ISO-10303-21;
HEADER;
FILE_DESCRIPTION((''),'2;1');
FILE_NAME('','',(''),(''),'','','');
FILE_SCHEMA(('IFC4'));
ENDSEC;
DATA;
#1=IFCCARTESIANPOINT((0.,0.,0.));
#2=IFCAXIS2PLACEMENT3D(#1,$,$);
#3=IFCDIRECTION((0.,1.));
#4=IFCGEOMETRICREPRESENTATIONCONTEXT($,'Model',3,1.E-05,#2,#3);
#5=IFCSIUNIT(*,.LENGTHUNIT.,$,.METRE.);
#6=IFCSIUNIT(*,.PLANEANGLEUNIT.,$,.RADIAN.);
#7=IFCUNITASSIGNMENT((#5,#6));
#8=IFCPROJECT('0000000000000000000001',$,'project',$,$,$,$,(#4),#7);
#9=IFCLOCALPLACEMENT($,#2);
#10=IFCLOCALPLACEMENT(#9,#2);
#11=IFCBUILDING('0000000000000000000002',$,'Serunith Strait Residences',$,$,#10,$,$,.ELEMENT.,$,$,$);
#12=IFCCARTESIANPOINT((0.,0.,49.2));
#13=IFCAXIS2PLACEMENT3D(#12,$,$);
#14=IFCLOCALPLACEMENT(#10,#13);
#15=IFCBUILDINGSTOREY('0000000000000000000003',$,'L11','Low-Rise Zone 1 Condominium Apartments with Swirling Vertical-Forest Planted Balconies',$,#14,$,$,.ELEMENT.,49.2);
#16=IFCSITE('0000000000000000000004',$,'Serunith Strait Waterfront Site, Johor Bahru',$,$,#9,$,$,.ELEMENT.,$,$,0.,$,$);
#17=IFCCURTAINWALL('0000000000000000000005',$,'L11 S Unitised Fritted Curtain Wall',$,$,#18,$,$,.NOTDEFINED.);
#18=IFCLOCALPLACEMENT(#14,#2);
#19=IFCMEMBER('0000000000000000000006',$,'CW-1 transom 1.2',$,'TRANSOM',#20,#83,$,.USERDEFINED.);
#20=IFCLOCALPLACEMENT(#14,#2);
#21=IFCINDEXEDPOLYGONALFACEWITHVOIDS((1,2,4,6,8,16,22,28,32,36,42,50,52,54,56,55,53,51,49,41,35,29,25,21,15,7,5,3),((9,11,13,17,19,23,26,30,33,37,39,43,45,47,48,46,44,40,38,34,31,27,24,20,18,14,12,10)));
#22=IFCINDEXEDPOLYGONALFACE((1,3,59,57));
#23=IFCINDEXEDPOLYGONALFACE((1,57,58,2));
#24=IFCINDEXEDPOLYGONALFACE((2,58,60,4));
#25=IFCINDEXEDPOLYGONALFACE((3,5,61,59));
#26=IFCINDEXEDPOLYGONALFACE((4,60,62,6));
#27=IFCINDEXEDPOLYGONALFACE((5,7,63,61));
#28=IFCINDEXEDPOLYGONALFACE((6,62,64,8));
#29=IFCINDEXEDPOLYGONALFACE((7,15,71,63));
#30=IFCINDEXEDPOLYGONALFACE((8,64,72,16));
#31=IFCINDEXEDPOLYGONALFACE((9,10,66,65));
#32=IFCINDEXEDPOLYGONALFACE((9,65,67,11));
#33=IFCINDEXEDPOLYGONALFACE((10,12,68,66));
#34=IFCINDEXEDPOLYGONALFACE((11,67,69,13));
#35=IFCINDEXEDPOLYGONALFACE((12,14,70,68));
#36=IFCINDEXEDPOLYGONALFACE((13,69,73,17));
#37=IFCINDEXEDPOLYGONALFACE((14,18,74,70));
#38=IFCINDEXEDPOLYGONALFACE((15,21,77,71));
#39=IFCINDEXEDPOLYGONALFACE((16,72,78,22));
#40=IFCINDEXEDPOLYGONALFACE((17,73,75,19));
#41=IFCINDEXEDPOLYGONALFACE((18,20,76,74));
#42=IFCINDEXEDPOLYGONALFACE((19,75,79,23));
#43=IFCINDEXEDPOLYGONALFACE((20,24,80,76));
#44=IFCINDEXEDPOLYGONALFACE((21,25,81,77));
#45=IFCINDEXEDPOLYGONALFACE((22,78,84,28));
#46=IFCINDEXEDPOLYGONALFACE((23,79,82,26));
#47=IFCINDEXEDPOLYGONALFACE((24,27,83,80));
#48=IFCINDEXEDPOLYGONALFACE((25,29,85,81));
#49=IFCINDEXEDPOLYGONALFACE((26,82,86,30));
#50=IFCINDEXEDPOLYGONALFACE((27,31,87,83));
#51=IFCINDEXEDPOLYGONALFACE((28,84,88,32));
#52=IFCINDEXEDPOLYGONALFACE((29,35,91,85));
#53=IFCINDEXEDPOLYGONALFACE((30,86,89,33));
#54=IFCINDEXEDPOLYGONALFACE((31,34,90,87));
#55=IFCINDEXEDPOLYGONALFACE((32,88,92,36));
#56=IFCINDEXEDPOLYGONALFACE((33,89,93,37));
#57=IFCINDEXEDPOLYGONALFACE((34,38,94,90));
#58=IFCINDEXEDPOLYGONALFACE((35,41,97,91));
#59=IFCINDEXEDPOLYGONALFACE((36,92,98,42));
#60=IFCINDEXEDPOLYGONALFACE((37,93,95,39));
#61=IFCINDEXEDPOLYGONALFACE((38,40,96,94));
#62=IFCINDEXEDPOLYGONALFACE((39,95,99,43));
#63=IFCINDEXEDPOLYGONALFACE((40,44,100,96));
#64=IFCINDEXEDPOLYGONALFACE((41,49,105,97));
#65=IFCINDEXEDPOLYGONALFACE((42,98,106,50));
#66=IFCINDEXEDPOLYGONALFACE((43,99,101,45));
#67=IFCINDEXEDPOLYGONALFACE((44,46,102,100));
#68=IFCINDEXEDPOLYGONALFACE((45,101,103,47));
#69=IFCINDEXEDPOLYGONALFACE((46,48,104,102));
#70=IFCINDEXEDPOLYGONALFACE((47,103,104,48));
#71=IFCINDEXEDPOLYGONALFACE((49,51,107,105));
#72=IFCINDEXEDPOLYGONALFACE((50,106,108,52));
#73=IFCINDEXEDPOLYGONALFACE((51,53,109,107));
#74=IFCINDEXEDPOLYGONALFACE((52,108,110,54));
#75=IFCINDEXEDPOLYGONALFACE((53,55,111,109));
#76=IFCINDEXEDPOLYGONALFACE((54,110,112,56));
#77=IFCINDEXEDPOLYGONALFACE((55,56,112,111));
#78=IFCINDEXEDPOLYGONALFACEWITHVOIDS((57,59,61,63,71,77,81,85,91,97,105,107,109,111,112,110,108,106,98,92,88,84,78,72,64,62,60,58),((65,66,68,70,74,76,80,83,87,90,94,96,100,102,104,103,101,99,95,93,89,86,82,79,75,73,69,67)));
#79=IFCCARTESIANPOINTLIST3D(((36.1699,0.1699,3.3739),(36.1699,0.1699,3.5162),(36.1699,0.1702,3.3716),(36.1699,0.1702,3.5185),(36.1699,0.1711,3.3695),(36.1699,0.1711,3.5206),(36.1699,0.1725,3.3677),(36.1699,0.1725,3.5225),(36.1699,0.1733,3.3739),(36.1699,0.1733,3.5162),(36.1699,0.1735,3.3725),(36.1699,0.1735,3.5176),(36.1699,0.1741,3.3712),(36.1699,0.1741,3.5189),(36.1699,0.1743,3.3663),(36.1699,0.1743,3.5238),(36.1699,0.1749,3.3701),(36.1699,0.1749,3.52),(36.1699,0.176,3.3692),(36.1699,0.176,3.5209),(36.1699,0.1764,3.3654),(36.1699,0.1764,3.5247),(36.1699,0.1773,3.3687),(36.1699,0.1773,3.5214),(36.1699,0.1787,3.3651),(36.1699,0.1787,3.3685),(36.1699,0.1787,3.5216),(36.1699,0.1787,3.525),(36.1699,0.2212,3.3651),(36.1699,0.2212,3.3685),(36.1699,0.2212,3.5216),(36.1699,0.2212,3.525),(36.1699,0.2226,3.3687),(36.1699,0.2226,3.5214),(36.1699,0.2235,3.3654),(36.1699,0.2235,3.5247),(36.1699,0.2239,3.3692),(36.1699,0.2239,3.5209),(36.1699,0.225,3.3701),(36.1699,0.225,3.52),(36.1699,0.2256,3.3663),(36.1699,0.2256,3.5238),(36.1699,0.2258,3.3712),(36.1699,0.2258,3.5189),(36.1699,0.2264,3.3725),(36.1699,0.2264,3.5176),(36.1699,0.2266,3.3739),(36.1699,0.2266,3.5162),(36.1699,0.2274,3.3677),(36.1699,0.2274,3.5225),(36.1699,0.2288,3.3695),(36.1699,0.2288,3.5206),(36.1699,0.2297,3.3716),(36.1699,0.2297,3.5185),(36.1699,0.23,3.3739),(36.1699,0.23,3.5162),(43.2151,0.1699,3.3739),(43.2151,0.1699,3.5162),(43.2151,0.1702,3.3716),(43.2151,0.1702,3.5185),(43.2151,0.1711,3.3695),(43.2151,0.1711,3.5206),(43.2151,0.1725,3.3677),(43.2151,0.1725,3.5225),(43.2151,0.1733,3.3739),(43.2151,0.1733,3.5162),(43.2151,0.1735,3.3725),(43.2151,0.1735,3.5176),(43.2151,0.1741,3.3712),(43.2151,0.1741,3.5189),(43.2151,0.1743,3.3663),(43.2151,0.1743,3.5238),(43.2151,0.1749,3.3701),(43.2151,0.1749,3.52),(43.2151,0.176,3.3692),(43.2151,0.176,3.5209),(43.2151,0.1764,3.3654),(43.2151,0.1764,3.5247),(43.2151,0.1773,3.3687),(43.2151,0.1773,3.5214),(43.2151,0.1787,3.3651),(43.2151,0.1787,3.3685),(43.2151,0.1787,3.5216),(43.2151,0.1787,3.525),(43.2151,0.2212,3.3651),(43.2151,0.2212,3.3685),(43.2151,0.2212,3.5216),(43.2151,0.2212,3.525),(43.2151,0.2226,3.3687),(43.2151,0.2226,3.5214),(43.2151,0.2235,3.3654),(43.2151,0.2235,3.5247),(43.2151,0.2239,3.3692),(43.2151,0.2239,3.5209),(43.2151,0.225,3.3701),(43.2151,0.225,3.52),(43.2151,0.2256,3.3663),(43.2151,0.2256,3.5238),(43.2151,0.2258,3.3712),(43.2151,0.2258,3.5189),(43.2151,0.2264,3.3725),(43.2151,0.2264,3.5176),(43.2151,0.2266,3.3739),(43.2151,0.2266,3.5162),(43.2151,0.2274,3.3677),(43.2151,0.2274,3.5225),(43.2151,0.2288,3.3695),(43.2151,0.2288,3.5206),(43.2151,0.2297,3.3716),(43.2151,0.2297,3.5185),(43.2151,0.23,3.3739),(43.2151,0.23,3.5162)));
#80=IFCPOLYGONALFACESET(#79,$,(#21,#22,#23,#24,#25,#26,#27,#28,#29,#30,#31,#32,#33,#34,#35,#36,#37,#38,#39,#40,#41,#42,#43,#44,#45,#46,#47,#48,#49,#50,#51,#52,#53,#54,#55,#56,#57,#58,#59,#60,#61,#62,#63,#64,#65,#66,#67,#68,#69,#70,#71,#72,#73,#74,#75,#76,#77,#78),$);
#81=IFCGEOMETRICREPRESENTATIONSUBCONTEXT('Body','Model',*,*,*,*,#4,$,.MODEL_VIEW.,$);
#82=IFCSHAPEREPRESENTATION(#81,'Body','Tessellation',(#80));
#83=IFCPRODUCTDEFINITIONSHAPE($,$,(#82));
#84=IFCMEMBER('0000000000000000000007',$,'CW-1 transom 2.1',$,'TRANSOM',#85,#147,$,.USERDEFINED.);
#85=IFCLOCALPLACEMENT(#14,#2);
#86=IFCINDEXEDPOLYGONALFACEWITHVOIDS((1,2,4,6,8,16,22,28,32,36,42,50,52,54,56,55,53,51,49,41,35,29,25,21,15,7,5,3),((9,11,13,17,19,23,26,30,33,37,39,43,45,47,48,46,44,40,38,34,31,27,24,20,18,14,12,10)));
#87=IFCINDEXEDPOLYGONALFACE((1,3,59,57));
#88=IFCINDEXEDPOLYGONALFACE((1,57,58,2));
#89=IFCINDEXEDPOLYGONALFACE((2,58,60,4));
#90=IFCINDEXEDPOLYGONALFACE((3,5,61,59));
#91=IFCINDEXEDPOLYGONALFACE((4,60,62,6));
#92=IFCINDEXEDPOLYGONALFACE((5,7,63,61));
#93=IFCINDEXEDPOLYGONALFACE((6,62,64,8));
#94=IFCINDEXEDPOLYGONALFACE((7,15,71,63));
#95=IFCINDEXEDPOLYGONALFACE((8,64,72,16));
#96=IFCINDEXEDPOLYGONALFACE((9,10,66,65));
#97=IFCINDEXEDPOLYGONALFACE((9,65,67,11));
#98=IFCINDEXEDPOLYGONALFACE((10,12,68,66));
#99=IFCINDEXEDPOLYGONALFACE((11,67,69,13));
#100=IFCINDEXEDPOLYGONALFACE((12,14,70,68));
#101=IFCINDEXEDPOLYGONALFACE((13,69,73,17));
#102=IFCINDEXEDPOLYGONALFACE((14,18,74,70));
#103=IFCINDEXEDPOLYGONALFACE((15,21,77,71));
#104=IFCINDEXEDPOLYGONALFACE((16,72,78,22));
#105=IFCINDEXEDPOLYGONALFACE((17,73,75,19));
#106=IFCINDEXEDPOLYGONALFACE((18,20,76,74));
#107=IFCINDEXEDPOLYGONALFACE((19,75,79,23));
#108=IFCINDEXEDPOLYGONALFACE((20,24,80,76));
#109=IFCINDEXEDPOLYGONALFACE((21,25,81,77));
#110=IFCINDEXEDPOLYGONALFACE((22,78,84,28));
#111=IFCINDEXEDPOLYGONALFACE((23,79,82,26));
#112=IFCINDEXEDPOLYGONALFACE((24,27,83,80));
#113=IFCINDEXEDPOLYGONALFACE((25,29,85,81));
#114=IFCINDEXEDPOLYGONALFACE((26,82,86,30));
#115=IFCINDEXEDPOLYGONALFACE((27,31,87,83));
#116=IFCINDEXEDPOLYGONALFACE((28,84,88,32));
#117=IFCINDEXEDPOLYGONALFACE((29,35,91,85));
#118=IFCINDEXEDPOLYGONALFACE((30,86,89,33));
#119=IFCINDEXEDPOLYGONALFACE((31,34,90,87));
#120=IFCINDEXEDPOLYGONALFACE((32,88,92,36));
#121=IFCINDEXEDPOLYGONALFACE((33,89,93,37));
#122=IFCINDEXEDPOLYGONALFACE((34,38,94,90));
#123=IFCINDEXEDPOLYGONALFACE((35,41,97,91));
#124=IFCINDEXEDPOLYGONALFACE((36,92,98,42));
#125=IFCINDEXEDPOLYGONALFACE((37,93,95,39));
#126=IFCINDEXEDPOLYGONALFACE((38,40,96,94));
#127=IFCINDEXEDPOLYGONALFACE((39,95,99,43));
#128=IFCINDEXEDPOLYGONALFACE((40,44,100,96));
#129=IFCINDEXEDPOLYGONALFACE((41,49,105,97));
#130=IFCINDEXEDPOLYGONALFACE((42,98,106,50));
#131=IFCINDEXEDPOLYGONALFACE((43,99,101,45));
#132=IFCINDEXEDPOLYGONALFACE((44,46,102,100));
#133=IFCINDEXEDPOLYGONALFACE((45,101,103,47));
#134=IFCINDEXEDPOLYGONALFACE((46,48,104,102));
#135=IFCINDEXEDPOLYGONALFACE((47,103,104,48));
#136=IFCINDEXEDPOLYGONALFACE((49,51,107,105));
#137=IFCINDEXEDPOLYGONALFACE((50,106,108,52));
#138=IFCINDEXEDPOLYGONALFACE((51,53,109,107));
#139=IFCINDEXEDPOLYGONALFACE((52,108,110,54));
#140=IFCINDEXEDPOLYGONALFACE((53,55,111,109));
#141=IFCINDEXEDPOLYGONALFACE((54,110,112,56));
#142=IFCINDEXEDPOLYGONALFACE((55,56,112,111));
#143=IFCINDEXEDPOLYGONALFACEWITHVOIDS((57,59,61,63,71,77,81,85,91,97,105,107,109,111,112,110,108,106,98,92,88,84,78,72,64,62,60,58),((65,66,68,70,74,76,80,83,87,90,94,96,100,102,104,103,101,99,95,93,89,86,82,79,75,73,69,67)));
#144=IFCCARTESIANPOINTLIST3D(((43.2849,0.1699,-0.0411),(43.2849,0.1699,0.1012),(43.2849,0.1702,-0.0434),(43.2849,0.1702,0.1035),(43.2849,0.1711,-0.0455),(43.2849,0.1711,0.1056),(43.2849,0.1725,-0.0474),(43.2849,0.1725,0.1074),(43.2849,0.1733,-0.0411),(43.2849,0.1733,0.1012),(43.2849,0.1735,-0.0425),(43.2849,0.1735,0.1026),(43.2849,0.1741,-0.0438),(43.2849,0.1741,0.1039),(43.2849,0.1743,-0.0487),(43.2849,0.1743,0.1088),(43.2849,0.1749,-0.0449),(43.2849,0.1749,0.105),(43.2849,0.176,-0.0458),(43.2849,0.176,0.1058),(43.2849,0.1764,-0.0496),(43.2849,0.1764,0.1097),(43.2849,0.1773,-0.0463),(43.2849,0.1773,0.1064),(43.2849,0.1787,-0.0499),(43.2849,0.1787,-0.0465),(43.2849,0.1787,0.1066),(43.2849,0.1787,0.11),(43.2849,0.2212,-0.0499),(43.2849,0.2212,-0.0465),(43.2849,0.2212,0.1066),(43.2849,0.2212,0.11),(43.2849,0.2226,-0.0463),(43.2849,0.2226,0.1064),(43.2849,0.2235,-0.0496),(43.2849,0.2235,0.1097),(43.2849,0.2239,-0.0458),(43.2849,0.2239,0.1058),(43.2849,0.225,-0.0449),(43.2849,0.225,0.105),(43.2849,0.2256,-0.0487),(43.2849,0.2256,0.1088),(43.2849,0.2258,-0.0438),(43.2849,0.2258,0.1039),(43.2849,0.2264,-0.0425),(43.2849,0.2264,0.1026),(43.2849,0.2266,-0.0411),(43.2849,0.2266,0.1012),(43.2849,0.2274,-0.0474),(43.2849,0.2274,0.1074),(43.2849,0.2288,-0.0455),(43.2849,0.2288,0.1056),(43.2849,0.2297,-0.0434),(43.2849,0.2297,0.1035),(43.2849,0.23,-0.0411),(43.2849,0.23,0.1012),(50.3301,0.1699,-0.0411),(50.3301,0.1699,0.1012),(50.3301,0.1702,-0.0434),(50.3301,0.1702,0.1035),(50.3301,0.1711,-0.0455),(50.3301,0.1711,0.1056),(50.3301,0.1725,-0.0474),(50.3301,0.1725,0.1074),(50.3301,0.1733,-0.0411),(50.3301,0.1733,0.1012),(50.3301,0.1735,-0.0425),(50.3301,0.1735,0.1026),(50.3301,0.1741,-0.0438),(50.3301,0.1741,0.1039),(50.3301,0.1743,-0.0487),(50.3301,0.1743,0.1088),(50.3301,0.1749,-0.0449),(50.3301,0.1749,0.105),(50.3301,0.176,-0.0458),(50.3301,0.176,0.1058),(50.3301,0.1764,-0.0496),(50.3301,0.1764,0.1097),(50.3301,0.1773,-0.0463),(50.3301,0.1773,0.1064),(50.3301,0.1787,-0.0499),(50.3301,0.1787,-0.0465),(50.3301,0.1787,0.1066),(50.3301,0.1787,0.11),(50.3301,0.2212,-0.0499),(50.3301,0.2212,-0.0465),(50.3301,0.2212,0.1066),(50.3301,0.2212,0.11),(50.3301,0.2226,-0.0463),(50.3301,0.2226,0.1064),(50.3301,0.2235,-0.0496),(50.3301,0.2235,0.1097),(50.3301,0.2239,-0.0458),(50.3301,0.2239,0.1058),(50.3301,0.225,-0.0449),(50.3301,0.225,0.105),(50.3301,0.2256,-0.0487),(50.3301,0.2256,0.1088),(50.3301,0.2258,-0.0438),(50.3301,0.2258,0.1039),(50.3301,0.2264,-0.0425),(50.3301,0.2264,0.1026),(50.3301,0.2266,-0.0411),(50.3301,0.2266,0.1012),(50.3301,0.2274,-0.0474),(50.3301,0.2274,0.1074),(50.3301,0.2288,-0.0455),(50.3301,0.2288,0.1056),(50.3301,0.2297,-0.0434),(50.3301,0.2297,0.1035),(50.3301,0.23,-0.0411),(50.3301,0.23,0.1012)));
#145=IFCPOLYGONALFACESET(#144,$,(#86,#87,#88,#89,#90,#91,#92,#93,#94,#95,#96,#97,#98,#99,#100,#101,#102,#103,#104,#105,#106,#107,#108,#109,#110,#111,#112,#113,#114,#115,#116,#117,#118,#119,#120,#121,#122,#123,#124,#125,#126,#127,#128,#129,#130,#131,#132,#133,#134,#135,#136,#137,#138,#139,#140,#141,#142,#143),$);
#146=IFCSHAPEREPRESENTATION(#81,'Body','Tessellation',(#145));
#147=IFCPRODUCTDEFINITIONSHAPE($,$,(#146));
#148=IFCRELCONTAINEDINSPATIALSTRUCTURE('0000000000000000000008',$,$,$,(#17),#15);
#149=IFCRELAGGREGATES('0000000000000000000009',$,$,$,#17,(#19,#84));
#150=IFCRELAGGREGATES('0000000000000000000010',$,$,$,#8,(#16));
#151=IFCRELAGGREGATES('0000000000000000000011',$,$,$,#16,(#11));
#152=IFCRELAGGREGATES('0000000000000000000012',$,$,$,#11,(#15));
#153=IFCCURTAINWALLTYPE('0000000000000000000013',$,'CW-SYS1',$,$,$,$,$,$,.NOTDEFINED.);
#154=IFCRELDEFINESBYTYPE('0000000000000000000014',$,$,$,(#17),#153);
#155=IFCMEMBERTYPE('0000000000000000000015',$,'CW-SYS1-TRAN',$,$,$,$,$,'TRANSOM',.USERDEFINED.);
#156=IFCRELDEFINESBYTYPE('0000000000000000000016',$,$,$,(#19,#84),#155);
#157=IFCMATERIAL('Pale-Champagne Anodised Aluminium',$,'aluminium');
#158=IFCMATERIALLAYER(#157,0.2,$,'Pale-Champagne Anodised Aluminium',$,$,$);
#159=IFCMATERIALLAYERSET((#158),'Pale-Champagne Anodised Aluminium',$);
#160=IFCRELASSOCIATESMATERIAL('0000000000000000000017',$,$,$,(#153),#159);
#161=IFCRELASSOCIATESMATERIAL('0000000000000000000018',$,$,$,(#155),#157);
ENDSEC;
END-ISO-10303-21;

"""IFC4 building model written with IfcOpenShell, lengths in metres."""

from ifc_helpers import new_model, si_unit, direction, frame, origin, origin_2d, place, context, subcontext, project, spatial, hollow_rectangle, extrude, source, transform, mapped, material, layer, layer_set, material_profile, profile_set, type_object, element, aggregate, save


model = new_model("IFC4")

# Units and contexts
model_context = context("Model", 3, precision=1e-05, world=origin(), true_north=direction((0.0, 1.0)))
body_context = subcontext(model_context, "Body", "Model", "MODEL_VIEW")
ifc_project = project(units=[si_unit("LENGTHUNIT", "METRE"), si_unit("PLANEANGLEUNIT", "RADIAN")], contexts=[model_context])

# Site, building, storey
site_placement = place(None, origin())
site = spatial("IfcSite", under=ifc_project, at=site_placement, Name="Serunith Strait Waterfront Site, Johor Bahru", CompositionType="ELEMENT", RefElevation=0.0)
building_placement = place(site_placement, origin())
building = spatial("IfcBuilding", under=site, at=building_placement, Name="Serunith Strait Residences", CompositionType="ELEMENT")
storey_placement = place(building_placement, frame((0.0, 0.0, 49.2)))
storey = spatial("IfcBuildingStorey", under=building, at=storey_placement, Name="L11", Description="Low-Rise Zone 1 Condominium Apartments with Swirling Vertical-Forest Planted Balconies", CompositionType="ELEMENT", Elevation=49.2)

# Shared definitions
ifc_material_1 = material(Name="Pale-Champagne Anodised Aluminium", Category="aluminium")
ifc_layer_1 = layer(ifc_material_1, 0.2, Name="Pale-Champagne Anodised Aluminium")
ifc_layer_set_1 = layer_set([ifc_layer_1], Name="Pale-Champagne Anodised Aluminium")
curtain_wall_type = type_object("IfcCurtainWallType", Name="CW-SYS1", PredefinedType="NOTDEFINED", material=ifc_layer_set_1)

# Curtain wall, members
curtain_wall_1_placement = place(storey_placement, origin())
curtain_wall_1 = element("IfcCurtainWall", 1, at=curtain_wall_1_placement, inside=storey, type_object=curtain_wall_type, Name="L11 S Unitised Fritted Curtain Wall", PredefinedType="NOTDEFINED")
ifc_material_profile_1 = material_profile(ifc_material_1, hollow_rectangle(XDim=0.0601, YDim=0.1599, WallThickness=0.0034, InnerFilletRadius=0.0054, OuterFilletRadius=0.0088, at=origin_2d()), Name="ALU 160x60x3.5")
ifc_profile_set_1 = profile_set([ifc_material_profile_1], Name="Pale-Champagne Anodised Aluminium")
member_type_1 = type_object("IfcMemberType", Name="CW-SYS1-TRAN", ElementType="TRANSOM", PredefinedType="USERDEFINED", material=ifc_profile_set_1)
shared_shape_1 = source(origin(), body_context, "Body", "SweptSolid", [
    extrude(hollow_rectangle(XDim=0.0601, YDim=0.1599, WallThickness=0.0034, InnerFilletRadius=0.0054, OuterFilletRadius=0.0088, at=origin_2d()), origin(), (0.0, 0.0, 1.0), 7.0452),
])
member_1_placement = place(storey_placement, frame((36.1699, 0.2, 3.4451), z_axis=(1.0, 0.0, 0.0), x_axis=(0.0, 1.0, 0.0)))
member_1 = element("IfcMember", 2, at=member_1_placement, type_object=member_type_1, Name="CW-1 transom 1.2", ObjectType="TRANSOM", PredefinedType="USERDEFINED", context=body_context, shape_type="MappedRepresentation", body=[
    mapped(shared_shape_1, transform((0.0, 0.0, 0.0), scale=1.0)),
])
member_2_placement = place(storey_placement, frame((43.2849, 0.2, 0.03), z_axis=(1.0, 0.0, 0.0), x_axis=(0.0, 1.0, 0.0)))
member_2 = element("IfcMember", 3, at=member_2_placement, type_object=member_type_1, Name="CW-1 transom 2.1", ObjectType="TRANSOM", PredefinedType="USERDEFINED", context=body_context, shape_type="MappedRepresentation", body=[
    mapped(shared_shape_1, transform((0.0, 0.0, 0.0), scale=1.0)),
])
aggregate(curtain_wall_1, [member_1, member_2])

save(model, "model.ifc")
